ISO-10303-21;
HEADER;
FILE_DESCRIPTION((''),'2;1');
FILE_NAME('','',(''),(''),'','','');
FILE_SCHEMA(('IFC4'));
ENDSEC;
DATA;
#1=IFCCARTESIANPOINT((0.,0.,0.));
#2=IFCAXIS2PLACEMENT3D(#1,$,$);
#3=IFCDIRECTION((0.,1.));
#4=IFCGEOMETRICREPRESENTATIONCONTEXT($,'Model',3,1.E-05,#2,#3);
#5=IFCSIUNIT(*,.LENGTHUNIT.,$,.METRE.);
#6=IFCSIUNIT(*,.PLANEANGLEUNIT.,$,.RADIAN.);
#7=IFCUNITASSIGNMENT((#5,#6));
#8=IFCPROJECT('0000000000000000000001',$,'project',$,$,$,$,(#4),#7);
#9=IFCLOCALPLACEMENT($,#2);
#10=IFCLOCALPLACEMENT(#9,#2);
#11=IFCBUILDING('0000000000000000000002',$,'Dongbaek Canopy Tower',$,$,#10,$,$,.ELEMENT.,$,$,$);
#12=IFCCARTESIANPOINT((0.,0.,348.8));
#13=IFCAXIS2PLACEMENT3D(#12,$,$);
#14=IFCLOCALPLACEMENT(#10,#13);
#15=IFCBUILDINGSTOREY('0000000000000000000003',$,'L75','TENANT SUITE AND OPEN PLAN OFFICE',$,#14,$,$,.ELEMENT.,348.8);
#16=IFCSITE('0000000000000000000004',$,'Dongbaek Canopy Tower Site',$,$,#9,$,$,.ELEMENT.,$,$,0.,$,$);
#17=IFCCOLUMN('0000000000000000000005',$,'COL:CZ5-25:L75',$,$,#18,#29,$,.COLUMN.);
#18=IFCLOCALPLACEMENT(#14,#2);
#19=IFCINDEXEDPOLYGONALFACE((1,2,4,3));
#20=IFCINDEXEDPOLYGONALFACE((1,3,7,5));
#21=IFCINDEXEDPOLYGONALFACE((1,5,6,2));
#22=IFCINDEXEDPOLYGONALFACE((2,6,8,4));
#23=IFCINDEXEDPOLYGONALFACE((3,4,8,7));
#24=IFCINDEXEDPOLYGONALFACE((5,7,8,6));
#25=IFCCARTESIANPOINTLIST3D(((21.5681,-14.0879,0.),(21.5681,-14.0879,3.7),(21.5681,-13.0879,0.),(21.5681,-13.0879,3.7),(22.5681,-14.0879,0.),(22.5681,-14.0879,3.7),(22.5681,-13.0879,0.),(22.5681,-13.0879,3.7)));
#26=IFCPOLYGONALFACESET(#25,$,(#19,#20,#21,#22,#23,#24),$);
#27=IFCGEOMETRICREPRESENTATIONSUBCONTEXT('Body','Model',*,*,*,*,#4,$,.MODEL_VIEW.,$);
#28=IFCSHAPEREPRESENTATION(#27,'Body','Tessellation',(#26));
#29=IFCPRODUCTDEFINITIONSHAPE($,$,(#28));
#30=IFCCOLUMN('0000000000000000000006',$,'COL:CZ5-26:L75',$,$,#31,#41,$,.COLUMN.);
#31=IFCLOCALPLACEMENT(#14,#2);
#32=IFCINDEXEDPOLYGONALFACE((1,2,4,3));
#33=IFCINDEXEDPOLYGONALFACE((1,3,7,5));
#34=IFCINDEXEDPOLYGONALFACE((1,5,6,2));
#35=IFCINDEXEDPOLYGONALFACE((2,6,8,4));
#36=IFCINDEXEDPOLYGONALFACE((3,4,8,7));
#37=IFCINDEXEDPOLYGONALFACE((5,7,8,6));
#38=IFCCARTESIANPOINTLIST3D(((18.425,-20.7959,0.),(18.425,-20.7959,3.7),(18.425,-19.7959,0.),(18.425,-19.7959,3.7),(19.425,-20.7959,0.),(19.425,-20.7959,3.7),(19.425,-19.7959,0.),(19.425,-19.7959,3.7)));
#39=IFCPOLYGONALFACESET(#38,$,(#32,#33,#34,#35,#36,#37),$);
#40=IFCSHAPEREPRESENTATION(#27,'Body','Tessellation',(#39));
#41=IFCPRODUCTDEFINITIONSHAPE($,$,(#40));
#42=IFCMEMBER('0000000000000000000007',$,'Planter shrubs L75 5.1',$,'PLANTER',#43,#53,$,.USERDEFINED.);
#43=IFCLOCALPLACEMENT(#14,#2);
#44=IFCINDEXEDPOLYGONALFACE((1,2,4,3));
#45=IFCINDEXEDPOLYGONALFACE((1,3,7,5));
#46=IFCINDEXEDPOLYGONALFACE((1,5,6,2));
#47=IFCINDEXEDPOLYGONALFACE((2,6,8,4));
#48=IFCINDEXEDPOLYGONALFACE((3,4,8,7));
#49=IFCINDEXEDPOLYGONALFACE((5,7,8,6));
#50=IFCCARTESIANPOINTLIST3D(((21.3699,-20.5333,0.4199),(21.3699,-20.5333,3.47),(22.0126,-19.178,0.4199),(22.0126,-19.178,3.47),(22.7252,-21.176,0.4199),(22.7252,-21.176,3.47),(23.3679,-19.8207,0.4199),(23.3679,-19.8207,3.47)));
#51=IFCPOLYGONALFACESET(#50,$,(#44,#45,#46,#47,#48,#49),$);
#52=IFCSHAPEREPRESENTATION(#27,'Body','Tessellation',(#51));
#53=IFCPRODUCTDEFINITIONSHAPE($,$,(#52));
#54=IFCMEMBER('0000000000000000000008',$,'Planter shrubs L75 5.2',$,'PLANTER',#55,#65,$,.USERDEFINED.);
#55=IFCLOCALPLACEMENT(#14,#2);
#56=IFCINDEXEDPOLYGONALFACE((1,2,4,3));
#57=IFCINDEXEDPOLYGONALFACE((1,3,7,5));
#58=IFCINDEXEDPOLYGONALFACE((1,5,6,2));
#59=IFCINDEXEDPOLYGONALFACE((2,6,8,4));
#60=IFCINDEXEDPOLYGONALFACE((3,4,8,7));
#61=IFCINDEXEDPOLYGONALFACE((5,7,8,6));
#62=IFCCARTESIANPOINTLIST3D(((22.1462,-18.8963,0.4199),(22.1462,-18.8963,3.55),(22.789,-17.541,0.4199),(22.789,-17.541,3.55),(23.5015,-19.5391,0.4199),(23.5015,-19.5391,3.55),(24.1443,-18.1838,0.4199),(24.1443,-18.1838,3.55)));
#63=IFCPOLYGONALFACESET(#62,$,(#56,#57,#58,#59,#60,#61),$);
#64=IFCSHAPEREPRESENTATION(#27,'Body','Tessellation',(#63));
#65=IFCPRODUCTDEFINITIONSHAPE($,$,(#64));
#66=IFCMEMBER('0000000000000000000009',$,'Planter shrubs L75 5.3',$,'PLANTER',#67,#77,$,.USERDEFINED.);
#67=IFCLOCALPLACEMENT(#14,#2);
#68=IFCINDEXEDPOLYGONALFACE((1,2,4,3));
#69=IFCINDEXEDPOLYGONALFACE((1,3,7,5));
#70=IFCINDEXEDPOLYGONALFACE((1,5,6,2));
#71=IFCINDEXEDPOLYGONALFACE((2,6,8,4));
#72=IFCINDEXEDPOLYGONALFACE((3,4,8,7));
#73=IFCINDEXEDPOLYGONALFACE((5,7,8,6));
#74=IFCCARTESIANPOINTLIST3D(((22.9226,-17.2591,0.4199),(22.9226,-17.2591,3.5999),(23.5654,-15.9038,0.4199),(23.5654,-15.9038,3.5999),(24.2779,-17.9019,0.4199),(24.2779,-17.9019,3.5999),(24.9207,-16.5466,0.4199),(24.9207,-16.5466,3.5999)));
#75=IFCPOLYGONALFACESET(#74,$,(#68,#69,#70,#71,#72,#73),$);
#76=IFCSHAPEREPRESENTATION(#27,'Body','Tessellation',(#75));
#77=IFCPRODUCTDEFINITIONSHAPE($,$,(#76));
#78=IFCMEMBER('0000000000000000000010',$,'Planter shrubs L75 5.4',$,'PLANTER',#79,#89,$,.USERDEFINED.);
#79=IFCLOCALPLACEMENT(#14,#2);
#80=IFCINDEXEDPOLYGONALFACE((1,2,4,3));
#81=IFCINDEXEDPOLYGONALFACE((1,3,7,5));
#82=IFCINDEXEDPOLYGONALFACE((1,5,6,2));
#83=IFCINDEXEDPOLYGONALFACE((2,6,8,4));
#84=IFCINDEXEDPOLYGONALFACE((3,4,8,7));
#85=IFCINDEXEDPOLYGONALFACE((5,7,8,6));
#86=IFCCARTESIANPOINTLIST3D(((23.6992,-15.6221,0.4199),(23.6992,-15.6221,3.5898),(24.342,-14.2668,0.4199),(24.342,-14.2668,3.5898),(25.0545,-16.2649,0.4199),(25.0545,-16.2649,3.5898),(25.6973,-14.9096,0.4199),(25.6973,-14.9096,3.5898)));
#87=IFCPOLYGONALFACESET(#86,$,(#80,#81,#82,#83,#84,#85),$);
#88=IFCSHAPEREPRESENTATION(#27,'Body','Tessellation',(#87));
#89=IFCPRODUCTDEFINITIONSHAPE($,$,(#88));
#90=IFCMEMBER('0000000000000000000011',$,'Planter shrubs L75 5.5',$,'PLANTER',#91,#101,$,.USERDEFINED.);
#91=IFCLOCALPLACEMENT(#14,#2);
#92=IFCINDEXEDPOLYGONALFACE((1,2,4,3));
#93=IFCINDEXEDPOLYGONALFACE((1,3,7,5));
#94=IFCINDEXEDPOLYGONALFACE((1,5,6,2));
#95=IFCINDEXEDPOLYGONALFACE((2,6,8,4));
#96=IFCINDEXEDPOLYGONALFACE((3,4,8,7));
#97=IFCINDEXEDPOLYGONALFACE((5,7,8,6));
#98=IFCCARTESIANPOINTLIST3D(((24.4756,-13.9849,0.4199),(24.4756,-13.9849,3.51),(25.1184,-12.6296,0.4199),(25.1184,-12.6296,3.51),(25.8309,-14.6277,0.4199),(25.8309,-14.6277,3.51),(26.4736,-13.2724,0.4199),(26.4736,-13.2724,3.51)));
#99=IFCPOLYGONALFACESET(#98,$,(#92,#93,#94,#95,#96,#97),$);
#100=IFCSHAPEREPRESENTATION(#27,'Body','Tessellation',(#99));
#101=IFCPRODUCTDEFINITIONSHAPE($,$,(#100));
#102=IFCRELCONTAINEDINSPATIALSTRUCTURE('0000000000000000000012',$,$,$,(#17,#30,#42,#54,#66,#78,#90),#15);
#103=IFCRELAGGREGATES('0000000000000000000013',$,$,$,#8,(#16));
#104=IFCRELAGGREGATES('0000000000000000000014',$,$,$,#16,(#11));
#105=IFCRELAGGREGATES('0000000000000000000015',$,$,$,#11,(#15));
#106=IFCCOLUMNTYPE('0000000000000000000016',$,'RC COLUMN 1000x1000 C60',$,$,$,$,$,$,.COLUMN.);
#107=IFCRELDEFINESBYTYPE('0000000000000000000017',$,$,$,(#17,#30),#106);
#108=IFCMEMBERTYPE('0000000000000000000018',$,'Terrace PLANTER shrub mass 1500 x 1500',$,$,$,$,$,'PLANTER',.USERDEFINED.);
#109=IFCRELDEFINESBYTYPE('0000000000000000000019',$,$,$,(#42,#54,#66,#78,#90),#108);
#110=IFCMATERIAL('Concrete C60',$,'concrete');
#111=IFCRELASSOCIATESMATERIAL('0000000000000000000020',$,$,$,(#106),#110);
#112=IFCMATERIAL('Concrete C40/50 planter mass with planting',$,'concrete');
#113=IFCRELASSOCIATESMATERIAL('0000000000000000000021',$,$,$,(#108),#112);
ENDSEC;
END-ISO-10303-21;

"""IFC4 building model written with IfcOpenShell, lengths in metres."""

from ifc_helpers import new_model, si_unit, direction, frame, origin, origin_2d, place, context, subcontext, project, spatial, rectangle, extrude, material, material_profile, profile_set, type_object, element, save


model = new_model("IFC4")

# Units and contexts
model_context = context("Model", 3, precision=1e-05, world=origin(), true_north=direction((0.0, 1.0)))
body_context = subcontext(model_context, "Body", "Model", "MODEL_VIEW")
ifc_project = project(units=[si_unit("LENGTHUNIT", "METRE"), si_unit("PLANEANGLEUNIT", "RADIAN")], contexts=[model_context])

# Site, building, storey
site_placement = place(None, origin())
site = spatial("IfcSite", under=ifc_project, at=site_placement, Name="Dongbaek Canopy Tower Site", CompositionType="ELEMENT", RefElevation=0.0)
building_placement = place(site_placement, origin())
building = spatial("IfcBuilding", under=site, at=building_placement, Name="Dongbaek Canopy Tower", CompositionType="ELEMENT")
storey_placement = place(building_placement, frame((0.0, 0.0, 348.8)))
storey = spatial("IfcBuildingStorey", under=building, at=storey_placement, Name="L75", Description="TENANT SUITE AND OPEN PLAN OFFICE", CompositionType="ELEMENT", Elevation=348.8)

# Columns
ifc_material_1 = material(Name="Concrete C60", Category="concrete")
ifc_material_profile_1 = material_profile(ifc_material_1, rectangle(XDim=1.0, YDim=1.0, at=origin_2d()), Name="RC COLUMN 1000x1000 C60")
ifc_profile_set_1 = profile_set([ifc_material_profile_1], Name="Concrete C60")
column_type = type_object("IfcColumnType", Name="RC COLUMN 1000x1000 C60", PredefinedType="COLUMN", material=ifc_profile_set_1)
for number, where, z_axis, x_axis, name in (
    (1, (22.0681, -13.5879, 0.0), (0.0, 0.0, 1.0), (1.0, 0.0, 0.0), "COL:CZ5-25:L75"),
    (2, (18.925, -20.2959, 0.0), (0.0, 0.0, 1.0), (1.0, 0.0, 0.0), "COL:CZ5-26:L75"),
):
    element("IfcColumn", number, at=place(storey_placement, frame(where, z_axis=z_axis, x_axis=x_axis)), inside=storey, type_object=column_type, Name=name, PredefinedType="COLUMN", context=body_context, shape_type="SweptSolid", body=[
        extrude(rectangle(XDim=1.0, YDim=1.0, at=origin_2d()), origin(), (0.0, 0.0, 1.0), 3.7),
    ])

# Members
ifc_material_2 = material(Name="Concrete C40/50 planter mass with planting", Category="concrete")
ifc_material_profile_2 = material_profile(ifc_material_2, rectangle(XDim=1.5, YDim=1.5, at=origin_2d()), Name="Terrace PLANTER shrub mass 1500 x 1500")
ifc_profile_set_2 = profile_set([ifc_material_profile_2], Name="Concrete C40/50 planter mass with planting")
member_type = type_object("IfcMemberType", Name="Terrace PLANTER shrub mass 1500 x 1500", ElementType="PLANTER", PredefinedType="USERDEFINED", material=ifc_profile_set_2)
member_1_placement = place(storey_placement, frame((22.3689, -20.177, 0.4199), z_axis=(0.0, 0.0, 1.0), x_axis=(0.903531, -0.428522, 0.0)))
element("IfcMember", 3, at=member_1_placement, inside=storey, type_object=member_type, Name="Planter shrubs L75 5.1", ObjectType="PLANTER", PredefinedType="USERDEFINED", context=body_context, shape_type="SweptSolid", body=[
    extrude(rectangle(XDim=1.5, YDim=1.5, at=origin_2d()), origin(), (0.0, 0.0, 1.0), 3.05),
])
member_2_placement = place(storey_placement, frame((23.1453, -18.54, 0.4199), z_axis=(0.0, 0.0, 1.0), x_axis=(0.903531, -0.428522, 0.0)))
element("IfcMember", 4, at=member_2_placement, inside=storey, type_object=member_type, Name="Planter shrubs L75 5.2", ObjectType="PLANTER", PredefinedType="USERDEFINED", context=body_context, shape_type="SweptSolid", body=[
    extrude(rectangle(XDim=1.5, YDim=1.5, at=origin_2d()), origin(), (0.0, 0.0, 1.0), 3.1301),
])
member_3_placement = place(storey_placement, frame((23.9216, -16.9028, 0.4199), z_axis=(0.0, 0.0, 1.0), x_axis=(0.903531, -0.428522, 0.0)))
element("IfcMember", 5, at=member_3_placement, inside=storey, type_object=member_type, Name="Planter shrubs L75 5.3", ObjectType="PLANTER", PredefinedType="USERDEFINED", context=body_context, shape_type="SweptSolid", body=[
    extrude(rectangle(XDim=1.5, YDim=1.5, at=origin_2d()), origin(), (0.0, 0.0, 1.0), 3.1799),
])
member_4_placement = place(storey_placement, frame((24.6982, -15.2659, 0.4199), z_axis=(0.0, 0.0, 1.0), x_axis=(0.903531, -0.428522, 0.0)))
element("IfcMember", 6, at=member_4_placement, inside=storey, type_object=member_type, Name="Planter shrubs L75 5.4", ObjectType="PLANTER", PredefinedType="USERDEFINED", context=body_context, shape_type="SweptSolid", body=[
    extrude(rectangle(XDim=1.5, YDim=1.5, at=origin_2d()), origin(), (0.0, 0.0, 1.0), 3.1699),
])
member_5_placement = place(storey_placement, frame((25.4746, -13.6287, 0.4199), z_axis=(0.0, 0.0, 1.0), x_axis=(0.903531, -0.428522, 0.0)))
element("IfcMember", 7, at=member_5_placement, inside=storey, type_object=member_type, Name="Planter shrubs L75 5.5", ObjectType="PLANTER", PredefinedType="USERDEFINED", context=body_context, shape_type="SweptSolid", body=[
    extrude(rectangle(XDim=1.5, YDim=1.5, at=origin_2d()), origin(), (0.0, 0.0, 1.0), 3.0901),
])

save(model, "model.ifc")
